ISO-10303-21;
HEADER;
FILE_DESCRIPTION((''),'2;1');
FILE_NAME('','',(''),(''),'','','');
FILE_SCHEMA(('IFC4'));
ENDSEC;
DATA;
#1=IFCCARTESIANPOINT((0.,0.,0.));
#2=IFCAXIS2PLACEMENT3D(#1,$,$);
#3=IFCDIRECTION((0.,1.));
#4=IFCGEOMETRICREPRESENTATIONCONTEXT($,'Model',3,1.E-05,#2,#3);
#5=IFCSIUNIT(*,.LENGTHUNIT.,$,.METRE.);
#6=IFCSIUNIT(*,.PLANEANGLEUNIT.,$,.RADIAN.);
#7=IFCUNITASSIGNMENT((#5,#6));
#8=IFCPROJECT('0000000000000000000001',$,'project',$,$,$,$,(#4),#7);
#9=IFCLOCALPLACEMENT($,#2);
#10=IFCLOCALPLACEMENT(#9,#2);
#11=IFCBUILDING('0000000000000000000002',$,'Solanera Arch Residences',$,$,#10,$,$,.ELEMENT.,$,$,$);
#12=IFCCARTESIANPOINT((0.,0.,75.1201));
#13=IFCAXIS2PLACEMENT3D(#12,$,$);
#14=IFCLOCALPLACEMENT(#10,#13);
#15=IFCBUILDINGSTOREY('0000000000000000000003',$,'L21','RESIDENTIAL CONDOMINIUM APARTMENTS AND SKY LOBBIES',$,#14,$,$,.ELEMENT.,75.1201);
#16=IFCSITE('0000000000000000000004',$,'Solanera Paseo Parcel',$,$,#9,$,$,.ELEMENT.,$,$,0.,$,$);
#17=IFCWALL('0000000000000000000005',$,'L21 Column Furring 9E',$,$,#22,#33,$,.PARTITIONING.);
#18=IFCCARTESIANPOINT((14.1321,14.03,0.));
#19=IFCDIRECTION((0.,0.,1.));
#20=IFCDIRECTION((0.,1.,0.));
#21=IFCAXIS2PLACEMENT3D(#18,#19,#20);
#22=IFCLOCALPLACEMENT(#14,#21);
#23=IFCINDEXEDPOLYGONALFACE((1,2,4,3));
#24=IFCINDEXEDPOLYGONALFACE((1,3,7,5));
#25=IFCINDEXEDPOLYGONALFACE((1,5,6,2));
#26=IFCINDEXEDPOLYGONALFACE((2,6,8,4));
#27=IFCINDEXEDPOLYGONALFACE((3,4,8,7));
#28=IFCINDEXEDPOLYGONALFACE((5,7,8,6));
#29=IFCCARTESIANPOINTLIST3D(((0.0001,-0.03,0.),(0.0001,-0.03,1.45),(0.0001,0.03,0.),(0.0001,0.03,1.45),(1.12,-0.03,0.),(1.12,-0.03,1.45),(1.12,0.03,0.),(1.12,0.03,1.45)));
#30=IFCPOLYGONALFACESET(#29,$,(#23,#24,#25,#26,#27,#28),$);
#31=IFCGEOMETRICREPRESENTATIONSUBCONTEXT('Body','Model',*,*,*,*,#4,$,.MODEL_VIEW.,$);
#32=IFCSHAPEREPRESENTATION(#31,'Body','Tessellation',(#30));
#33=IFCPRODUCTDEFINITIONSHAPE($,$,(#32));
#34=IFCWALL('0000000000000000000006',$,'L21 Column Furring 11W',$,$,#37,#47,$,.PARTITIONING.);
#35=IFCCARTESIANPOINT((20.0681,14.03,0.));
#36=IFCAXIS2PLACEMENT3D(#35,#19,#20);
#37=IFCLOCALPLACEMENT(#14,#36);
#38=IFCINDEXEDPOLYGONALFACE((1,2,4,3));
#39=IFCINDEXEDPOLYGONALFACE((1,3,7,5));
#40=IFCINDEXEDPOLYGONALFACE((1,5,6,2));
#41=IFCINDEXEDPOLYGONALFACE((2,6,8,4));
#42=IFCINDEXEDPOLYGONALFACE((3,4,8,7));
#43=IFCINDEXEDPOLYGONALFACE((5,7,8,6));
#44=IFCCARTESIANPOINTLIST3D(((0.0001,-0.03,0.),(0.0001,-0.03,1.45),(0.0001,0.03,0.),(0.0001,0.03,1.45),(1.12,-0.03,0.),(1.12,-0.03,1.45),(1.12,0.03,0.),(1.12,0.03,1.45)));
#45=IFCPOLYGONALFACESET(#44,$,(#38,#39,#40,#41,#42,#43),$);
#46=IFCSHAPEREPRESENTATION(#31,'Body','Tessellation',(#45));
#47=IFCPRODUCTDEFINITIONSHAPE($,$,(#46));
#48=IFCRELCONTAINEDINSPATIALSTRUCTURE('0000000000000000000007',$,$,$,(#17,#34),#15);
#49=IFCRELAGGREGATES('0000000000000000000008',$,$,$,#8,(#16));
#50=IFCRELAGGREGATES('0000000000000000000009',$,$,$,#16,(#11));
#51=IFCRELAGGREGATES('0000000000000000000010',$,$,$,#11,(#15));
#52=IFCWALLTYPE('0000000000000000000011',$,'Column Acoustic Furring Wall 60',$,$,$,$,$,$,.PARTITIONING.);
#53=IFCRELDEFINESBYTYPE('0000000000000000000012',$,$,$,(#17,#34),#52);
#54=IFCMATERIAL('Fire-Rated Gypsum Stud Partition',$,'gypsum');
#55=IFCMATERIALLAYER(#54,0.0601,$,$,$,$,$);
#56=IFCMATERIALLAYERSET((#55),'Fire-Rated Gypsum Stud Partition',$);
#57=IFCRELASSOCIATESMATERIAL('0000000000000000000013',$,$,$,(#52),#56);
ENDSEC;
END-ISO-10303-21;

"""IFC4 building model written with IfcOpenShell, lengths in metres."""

from ifc_helpers import new_model, si_unit, direction, frame, frame_2d, origin, place, context, subcontext, project, spatial, rectangle, extrude, material, layer, layer_set, type_object, element, save


model = new_model("IFC4")

# Units and contexts
model_context = context("Model", 3, precision=1e-05, world=origin(), true_north=direction((0.0, 1.0)))
body_context = subcontext(model_context, "Body", "Model", "MODEL_VIEW")
ifc_project = project(units=[si_unit("LENGTHUNIT", "METRE"), si_unit("PLANEANGLEUNIT", "RADIAN")], contexts=[model_context])

# Site, building, storey
site_placement = place(None, origin())
site = spatial("IfcSite", under=ifc_project, at=site_placement, Name="Solanera Paseo Parcel", CompositionType="ELEMENT", RefElevation=0.0)
building_placement = place(site_placement, origin())
building = spatial("IfcBuilding", under=site, at=building_placement, Name="Solanera Arch Residences", CompositionType="ELEMENT")
storey_placement = place(building_placement, frame((0.0, 0.0, 75.1201)))
storey = spatial("IfcBuildingStorey", under=building, at=storey_placement, Name="L21", Description="RESIDENTIAL CONDOMINIUM APARTMENTS AND SKY LOBBIES", CompositionType="ELEMENT", Elevation=75.1201)

# Walls
ifc_material_1 = material(Name="Fire-Rated Gypsum Stud Partition", Category="gypsum")
ifc_layer_1 = layer(ifc_material_1, 0.0601)
ifc_layer_set_1 = layer_set([ifc_layer_1], Name="Fire-Rated Gypsum Stud Partition")
wall_type_1 = type_object("IfcWallType", Name="Column Acoustic Furring Wall 60", PredefinedType="PARTITIONING", material=ifc_layer_set_1)
wall_1_placement = place(storey_placement, frame((14.1321, 14.03, 0.0), z_axis=(0.0, 0.0, 1.0), x_axis=(0.0, 1.0, 0.0)))
element("IfcWall", 1, at=wall_1_placement, inside=storey, type_object=wall_type_1, Name="L21 Column Furring 9E", PredefinedType="PARTITIONING", context=body_context, shape_type="SweptSolid", body=[
    extrude(rectangle(XDim=1.1199, YDim=0.0601, at=frame_2d((0.5601, 0.0))), origin(), (0.0, 0.0, 1.0), 1.45),
])
wall_2_placement = place(storey_placement, frame((20.0681, 14.03, 0.0), z_axis=(0.0, 0.0, 1.0), x_axis=(0.0, 1.0, 0.0)))
element("IfcWall", 2, at=wall_2_placement, inside=storey, type_object=wall_type_1, Name="L21 Column Furring 11W", PredefinedType="PARTITIONING", context=body_context, shape_type="SweptSolid", body=[
    extrude(rectangle(XDim=1.1199, YDim=0.0601, at=frame_2d((0.5601, 0.0))), origin(), (0.0, 0.0, 1.0), 1.45),
])

save(model, "model.ifc")
